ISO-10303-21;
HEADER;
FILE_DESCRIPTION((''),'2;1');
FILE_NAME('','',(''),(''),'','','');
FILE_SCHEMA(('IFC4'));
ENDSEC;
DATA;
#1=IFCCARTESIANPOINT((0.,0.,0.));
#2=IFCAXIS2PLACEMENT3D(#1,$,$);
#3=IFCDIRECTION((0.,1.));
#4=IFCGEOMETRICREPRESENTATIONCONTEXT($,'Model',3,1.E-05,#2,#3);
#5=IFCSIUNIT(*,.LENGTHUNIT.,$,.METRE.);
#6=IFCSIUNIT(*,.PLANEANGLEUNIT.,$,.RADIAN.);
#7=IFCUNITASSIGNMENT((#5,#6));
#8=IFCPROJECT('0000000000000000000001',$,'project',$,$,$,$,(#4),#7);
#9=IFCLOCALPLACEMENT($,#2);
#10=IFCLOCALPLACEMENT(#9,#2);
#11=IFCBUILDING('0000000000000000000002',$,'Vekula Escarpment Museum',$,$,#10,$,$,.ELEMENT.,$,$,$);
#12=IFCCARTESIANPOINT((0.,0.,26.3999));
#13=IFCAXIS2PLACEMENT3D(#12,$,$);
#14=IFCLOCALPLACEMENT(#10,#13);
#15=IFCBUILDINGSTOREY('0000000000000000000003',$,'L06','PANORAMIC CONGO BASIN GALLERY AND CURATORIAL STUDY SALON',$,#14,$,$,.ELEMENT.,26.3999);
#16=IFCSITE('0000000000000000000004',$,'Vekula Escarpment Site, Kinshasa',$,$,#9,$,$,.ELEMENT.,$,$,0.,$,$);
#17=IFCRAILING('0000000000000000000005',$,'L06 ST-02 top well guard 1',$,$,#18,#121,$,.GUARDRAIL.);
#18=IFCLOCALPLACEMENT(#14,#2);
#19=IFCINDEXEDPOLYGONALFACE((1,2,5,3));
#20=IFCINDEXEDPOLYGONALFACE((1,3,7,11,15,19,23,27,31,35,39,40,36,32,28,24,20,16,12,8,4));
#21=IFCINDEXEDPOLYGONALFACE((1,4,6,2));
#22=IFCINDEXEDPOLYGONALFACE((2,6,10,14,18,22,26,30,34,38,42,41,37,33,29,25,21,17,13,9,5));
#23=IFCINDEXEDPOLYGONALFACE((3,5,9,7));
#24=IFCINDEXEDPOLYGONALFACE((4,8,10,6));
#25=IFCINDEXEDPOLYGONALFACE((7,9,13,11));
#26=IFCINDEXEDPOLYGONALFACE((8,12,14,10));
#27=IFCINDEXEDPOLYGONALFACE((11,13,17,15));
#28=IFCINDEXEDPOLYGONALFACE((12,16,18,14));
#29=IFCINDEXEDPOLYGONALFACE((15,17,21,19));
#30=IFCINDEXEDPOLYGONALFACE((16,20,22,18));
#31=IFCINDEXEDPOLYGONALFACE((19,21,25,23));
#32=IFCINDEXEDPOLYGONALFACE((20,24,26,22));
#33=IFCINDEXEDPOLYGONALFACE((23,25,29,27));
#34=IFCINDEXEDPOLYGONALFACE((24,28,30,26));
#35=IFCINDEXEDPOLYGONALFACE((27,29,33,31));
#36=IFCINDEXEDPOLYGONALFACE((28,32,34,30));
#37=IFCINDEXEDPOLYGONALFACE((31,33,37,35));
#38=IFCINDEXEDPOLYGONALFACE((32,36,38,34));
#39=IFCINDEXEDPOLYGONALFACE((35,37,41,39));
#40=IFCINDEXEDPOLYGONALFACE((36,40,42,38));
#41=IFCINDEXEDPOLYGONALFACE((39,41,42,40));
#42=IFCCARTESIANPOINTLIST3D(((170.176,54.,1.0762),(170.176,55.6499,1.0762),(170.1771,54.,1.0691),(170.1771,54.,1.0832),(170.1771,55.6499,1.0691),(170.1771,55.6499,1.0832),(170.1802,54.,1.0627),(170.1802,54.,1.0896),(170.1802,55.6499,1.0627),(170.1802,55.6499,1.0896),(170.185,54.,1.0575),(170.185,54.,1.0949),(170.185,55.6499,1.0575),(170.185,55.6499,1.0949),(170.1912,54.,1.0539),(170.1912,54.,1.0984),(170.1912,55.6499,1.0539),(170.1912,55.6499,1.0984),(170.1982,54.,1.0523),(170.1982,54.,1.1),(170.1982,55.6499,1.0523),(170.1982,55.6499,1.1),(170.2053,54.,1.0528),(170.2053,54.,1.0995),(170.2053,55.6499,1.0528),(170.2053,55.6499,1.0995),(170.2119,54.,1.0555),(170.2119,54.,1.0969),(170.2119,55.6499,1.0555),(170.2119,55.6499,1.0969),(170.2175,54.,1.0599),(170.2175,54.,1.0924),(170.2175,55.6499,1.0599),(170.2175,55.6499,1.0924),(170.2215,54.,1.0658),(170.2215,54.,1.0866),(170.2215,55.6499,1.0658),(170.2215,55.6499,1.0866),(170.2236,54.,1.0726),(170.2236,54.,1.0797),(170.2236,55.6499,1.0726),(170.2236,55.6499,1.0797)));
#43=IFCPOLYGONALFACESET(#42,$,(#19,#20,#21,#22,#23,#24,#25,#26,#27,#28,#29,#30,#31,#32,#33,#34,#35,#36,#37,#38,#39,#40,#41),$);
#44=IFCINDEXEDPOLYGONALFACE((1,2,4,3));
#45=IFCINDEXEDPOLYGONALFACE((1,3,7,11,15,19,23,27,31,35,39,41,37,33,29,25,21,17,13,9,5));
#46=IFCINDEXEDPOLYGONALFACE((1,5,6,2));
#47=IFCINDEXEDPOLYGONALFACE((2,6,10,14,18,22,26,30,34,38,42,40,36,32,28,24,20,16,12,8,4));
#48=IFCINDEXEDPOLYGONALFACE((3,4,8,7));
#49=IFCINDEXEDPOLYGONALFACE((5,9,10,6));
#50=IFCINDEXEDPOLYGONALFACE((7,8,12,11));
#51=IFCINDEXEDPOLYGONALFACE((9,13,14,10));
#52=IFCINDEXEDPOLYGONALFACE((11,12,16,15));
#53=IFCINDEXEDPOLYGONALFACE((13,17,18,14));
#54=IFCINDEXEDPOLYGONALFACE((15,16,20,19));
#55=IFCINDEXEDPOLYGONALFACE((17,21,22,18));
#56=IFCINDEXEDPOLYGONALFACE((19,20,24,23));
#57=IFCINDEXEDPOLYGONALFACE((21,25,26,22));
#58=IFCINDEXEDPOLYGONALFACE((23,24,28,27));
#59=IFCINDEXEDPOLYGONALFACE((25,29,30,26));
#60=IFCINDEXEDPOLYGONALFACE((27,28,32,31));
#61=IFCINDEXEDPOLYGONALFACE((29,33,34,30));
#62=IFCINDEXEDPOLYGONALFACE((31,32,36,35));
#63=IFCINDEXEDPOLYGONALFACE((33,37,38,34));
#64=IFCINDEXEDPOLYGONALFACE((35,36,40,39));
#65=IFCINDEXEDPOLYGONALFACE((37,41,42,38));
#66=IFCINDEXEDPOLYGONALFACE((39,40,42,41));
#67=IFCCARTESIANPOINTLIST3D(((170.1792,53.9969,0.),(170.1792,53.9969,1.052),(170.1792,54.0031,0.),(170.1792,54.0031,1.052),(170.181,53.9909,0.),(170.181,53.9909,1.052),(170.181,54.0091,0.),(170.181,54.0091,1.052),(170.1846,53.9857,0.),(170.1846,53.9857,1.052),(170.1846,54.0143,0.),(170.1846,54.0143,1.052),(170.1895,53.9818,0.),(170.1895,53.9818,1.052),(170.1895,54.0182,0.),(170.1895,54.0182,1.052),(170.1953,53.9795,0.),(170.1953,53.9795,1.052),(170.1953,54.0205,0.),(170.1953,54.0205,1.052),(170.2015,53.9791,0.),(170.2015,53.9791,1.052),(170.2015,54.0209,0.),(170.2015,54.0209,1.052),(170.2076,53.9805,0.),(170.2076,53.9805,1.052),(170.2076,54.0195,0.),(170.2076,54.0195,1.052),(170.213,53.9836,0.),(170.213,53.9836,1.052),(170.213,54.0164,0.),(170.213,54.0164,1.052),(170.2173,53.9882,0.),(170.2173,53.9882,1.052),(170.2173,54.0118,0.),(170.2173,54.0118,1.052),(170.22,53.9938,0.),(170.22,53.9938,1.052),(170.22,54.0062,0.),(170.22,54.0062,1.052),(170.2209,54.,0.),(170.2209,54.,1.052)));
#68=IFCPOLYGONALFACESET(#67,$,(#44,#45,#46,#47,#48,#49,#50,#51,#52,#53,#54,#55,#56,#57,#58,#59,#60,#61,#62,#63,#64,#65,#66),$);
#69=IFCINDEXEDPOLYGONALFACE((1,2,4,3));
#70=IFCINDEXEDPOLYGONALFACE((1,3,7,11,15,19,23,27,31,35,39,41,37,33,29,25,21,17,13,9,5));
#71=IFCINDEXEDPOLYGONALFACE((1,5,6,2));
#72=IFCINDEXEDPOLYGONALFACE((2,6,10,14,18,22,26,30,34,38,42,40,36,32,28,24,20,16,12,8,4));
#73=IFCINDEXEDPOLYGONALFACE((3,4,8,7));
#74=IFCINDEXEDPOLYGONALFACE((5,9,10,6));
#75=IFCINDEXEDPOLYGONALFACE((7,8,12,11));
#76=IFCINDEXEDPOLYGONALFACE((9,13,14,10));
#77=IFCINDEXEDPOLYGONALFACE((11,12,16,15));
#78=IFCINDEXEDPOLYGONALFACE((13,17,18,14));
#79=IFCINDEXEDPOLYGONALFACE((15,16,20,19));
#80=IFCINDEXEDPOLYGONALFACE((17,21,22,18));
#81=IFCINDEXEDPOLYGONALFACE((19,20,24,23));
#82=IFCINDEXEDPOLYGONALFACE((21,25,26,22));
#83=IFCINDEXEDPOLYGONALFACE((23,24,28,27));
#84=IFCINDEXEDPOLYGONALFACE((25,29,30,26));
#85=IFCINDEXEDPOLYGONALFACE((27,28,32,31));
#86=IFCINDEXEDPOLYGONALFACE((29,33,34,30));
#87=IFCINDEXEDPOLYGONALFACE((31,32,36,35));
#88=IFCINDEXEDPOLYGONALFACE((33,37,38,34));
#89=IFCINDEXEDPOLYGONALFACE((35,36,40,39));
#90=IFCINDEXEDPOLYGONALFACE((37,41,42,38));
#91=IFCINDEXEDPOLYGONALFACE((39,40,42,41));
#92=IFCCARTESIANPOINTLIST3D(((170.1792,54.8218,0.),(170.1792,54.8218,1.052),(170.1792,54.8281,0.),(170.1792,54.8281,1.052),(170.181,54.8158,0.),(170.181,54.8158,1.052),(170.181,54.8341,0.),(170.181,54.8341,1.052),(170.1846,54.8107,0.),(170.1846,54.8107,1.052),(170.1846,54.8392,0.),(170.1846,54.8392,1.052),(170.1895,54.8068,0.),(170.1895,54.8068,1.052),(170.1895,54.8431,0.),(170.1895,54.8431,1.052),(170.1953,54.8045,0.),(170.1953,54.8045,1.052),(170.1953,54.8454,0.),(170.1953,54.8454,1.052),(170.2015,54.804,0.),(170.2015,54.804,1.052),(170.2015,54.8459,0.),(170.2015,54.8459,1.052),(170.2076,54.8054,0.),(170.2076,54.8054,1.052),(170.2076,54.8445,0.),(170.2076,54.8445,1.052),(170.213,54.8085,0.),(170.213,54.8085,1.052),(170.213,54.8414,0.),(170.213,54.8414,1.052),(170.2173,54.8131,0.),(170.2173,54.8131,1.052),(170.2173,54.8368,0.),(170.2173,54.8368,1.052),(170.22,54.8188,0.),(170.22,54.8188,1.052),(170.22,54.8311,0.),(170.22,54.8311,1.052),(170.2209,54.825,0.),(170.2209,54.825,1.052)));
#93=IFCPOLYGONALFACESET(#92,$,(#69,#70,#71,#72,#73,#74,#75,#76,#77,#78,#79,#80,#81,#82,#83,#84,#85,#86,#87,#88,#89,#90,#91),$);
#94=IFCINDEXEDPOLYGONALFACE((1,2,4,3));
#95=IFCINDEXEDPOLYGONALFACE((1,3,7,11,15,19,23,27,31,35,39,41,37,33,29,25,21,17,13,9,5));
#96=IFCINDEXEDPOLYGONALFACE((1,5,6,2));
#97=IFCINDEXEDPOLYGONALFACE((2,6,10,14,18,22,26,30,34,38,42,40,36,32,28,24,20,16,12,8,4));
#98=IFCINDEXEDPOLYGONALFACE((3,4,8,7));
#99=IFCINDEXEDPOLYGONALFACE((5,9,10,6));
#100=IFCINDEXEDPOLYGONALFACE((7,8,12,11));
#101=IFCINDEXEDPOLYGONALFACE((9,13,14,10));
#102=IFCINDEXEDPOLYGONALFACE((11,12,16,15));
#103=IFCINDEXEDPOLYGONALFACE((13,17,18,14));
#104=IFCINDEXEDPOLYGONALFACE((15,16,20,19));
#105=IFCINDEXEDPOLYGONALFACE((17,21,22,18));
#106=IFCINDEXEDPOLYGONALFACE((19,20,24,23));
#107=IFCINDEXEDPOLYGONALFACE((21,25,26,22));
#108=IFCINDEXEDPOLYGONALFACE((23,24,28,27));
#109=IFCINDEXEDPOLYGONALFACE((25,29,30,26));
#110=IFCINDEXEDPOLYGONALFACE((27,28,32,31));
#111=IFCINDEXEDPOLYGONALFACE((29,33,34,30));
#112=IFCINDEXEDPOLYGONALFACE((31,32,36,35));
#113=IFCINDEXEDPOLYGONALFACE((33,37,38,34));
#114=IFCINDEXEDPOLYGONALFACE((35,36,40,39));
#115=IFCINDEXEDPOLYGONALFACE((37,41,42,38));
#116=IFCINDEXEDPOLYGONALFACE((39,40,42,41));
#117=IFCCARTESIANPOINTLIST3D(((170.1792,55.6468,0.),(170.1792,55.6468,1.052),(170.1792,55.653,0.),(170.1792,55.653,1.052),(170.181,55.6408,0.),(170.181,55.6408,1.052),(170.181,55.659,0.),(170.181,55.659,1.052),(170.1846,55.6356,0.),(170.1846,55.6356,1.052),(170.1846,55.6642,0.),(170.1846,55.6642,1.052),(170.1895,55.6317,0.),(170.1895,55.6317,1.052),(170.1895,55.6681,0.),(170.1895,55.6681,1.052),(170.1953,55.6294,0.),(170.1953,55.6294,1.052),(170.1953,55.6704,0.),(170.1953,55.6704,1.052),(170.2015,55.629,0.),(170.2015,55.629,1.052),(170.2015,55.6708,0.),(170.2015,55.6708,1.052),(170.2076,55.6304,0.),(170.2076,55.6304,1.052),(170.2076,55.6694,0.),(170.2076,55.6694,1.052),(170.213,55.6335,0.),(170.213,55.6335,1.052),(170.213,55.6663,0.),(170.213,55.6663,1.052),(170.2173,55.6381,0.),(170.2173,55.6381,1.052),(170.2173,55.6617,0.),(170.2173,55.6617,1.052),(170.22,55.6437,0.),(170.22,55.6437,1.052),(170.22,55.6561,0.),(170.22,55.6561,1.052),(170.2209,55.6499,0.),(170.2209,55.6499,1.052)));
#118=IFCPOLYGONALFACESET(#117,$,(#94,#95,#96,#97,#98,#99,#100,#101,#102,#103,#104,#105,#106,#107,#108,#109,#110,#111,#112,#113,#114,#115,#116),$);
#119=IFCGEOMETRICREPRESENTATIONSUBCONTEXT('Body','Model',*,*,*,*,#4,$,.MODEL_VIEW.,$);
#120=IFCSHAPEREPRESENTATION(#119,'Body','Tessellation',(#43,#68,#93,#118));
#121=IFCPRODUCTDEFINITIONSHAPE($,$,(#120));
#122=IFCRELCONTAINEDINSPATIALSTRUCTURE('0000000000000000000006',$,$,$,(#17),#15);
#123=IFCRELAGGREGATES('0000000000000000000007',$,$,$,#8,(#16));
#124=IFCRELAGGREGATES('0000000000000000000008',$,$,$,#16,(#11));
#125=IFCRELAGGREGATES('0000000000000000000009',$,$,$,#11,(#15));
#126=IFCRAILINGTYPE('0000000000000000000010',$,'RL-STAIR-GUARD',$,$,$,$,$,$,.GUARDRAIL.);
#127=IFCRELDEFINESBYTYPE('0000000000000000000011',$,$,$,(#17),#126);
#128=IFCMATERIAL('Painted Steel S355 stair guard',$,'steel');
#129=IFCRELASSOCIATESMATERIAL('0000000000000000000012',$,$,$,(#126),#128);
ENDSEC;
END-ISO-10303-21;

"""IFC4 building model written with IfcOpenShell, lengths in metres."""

from ifc_helpers import new_model, si_unit, direction, frame, origin, origin_2d, place, context, subcontext, project, spatial, circle, extrude, material, type_object, element, save


model = new_model("IFC4")

# Units and contexts
model_context = context("Model", 3, precision=1e-05, world=origin(), true_north=direction((0.0, 1.0)))
body_context = subcontext(model_context, "Body", "Model", "MODEL_VIEW")
ifc_project = project(units=[si_unit("LENGTHUNIT", "METRE"), si_unit("PLANEANGLEUNIT", "RADIAN")], contexts=[model_context])

# Site, building, storey
site_placement = place(None, origin())
site = spatial("IfcSite", under=ifc_project, at=site_placement, Name="Vekula Escarpment Site, Kinshasa", CompositionType="ELEMENT", RefElevation=0.0)
building_placement = place(site_placement, origin())
building = spatial("IfcBuilding", under=site, at=building_placement, Name="Vekula Escarpment Museum", CompositionType="ELEMENT")
storey_placement = place(building_placement, frame((0.0, 0.0, 26.3999)))
storey = spatial("IfcBuildingStorey", under=building, at=storey_placement, Name="L06", Description="PANORAMIC CONGO BASIN GALLERY AND CURATORIAL STUDY SALON", CompositionType="ELEMENT", Elevation=26.3999)

# Railing
ifc_material_1 = material(Name="Painted Steel S355 stair guard", Category="steel")
railing_type = type_object("IfcRailingType", Name="RL-STAIR-GUARD", PredefinedType="GUARDRAIL", material=ifc_material_1)
railing_placement = place(storey_placement, frame((170.2, 54.0, 0.0)))
element("IfcRailing", 1, at=railing_placement, inside=storey, type_object=railing_type, Name="L06 ST-02 top well guard 1", PredefinedType="GUARDRAIL", context=body_context, shape_type="SweptSolid", body=[
    extrude(circle(Radius=0.0239, at=origin_2d()), frame((0.0, 0.0, 1.0762), z_axis=(0.0, 1.0, 0.0), x_axis=(-1.0, 0.0, 0.0)), (0.0, 0.0, 1.0), 1.6499),
    extrude(circle(Radius=0.021, at=origin_2d()), origin(), (0.0, 0.0, 1.0), 1.052),
    extrude(circle(Radius=0.021, at=origin_2d()), frame((0.0, 0.825, 0.0)), (0.0, 0.0, 1.0), 1.052),
    extrude(circle(Radius=0.021, at=origin_2d()), frame((0.0, 1.6499, 0.0)), (0.0, 0.0, 1.0), 1.052),
])

save(model, "model.ifc")
